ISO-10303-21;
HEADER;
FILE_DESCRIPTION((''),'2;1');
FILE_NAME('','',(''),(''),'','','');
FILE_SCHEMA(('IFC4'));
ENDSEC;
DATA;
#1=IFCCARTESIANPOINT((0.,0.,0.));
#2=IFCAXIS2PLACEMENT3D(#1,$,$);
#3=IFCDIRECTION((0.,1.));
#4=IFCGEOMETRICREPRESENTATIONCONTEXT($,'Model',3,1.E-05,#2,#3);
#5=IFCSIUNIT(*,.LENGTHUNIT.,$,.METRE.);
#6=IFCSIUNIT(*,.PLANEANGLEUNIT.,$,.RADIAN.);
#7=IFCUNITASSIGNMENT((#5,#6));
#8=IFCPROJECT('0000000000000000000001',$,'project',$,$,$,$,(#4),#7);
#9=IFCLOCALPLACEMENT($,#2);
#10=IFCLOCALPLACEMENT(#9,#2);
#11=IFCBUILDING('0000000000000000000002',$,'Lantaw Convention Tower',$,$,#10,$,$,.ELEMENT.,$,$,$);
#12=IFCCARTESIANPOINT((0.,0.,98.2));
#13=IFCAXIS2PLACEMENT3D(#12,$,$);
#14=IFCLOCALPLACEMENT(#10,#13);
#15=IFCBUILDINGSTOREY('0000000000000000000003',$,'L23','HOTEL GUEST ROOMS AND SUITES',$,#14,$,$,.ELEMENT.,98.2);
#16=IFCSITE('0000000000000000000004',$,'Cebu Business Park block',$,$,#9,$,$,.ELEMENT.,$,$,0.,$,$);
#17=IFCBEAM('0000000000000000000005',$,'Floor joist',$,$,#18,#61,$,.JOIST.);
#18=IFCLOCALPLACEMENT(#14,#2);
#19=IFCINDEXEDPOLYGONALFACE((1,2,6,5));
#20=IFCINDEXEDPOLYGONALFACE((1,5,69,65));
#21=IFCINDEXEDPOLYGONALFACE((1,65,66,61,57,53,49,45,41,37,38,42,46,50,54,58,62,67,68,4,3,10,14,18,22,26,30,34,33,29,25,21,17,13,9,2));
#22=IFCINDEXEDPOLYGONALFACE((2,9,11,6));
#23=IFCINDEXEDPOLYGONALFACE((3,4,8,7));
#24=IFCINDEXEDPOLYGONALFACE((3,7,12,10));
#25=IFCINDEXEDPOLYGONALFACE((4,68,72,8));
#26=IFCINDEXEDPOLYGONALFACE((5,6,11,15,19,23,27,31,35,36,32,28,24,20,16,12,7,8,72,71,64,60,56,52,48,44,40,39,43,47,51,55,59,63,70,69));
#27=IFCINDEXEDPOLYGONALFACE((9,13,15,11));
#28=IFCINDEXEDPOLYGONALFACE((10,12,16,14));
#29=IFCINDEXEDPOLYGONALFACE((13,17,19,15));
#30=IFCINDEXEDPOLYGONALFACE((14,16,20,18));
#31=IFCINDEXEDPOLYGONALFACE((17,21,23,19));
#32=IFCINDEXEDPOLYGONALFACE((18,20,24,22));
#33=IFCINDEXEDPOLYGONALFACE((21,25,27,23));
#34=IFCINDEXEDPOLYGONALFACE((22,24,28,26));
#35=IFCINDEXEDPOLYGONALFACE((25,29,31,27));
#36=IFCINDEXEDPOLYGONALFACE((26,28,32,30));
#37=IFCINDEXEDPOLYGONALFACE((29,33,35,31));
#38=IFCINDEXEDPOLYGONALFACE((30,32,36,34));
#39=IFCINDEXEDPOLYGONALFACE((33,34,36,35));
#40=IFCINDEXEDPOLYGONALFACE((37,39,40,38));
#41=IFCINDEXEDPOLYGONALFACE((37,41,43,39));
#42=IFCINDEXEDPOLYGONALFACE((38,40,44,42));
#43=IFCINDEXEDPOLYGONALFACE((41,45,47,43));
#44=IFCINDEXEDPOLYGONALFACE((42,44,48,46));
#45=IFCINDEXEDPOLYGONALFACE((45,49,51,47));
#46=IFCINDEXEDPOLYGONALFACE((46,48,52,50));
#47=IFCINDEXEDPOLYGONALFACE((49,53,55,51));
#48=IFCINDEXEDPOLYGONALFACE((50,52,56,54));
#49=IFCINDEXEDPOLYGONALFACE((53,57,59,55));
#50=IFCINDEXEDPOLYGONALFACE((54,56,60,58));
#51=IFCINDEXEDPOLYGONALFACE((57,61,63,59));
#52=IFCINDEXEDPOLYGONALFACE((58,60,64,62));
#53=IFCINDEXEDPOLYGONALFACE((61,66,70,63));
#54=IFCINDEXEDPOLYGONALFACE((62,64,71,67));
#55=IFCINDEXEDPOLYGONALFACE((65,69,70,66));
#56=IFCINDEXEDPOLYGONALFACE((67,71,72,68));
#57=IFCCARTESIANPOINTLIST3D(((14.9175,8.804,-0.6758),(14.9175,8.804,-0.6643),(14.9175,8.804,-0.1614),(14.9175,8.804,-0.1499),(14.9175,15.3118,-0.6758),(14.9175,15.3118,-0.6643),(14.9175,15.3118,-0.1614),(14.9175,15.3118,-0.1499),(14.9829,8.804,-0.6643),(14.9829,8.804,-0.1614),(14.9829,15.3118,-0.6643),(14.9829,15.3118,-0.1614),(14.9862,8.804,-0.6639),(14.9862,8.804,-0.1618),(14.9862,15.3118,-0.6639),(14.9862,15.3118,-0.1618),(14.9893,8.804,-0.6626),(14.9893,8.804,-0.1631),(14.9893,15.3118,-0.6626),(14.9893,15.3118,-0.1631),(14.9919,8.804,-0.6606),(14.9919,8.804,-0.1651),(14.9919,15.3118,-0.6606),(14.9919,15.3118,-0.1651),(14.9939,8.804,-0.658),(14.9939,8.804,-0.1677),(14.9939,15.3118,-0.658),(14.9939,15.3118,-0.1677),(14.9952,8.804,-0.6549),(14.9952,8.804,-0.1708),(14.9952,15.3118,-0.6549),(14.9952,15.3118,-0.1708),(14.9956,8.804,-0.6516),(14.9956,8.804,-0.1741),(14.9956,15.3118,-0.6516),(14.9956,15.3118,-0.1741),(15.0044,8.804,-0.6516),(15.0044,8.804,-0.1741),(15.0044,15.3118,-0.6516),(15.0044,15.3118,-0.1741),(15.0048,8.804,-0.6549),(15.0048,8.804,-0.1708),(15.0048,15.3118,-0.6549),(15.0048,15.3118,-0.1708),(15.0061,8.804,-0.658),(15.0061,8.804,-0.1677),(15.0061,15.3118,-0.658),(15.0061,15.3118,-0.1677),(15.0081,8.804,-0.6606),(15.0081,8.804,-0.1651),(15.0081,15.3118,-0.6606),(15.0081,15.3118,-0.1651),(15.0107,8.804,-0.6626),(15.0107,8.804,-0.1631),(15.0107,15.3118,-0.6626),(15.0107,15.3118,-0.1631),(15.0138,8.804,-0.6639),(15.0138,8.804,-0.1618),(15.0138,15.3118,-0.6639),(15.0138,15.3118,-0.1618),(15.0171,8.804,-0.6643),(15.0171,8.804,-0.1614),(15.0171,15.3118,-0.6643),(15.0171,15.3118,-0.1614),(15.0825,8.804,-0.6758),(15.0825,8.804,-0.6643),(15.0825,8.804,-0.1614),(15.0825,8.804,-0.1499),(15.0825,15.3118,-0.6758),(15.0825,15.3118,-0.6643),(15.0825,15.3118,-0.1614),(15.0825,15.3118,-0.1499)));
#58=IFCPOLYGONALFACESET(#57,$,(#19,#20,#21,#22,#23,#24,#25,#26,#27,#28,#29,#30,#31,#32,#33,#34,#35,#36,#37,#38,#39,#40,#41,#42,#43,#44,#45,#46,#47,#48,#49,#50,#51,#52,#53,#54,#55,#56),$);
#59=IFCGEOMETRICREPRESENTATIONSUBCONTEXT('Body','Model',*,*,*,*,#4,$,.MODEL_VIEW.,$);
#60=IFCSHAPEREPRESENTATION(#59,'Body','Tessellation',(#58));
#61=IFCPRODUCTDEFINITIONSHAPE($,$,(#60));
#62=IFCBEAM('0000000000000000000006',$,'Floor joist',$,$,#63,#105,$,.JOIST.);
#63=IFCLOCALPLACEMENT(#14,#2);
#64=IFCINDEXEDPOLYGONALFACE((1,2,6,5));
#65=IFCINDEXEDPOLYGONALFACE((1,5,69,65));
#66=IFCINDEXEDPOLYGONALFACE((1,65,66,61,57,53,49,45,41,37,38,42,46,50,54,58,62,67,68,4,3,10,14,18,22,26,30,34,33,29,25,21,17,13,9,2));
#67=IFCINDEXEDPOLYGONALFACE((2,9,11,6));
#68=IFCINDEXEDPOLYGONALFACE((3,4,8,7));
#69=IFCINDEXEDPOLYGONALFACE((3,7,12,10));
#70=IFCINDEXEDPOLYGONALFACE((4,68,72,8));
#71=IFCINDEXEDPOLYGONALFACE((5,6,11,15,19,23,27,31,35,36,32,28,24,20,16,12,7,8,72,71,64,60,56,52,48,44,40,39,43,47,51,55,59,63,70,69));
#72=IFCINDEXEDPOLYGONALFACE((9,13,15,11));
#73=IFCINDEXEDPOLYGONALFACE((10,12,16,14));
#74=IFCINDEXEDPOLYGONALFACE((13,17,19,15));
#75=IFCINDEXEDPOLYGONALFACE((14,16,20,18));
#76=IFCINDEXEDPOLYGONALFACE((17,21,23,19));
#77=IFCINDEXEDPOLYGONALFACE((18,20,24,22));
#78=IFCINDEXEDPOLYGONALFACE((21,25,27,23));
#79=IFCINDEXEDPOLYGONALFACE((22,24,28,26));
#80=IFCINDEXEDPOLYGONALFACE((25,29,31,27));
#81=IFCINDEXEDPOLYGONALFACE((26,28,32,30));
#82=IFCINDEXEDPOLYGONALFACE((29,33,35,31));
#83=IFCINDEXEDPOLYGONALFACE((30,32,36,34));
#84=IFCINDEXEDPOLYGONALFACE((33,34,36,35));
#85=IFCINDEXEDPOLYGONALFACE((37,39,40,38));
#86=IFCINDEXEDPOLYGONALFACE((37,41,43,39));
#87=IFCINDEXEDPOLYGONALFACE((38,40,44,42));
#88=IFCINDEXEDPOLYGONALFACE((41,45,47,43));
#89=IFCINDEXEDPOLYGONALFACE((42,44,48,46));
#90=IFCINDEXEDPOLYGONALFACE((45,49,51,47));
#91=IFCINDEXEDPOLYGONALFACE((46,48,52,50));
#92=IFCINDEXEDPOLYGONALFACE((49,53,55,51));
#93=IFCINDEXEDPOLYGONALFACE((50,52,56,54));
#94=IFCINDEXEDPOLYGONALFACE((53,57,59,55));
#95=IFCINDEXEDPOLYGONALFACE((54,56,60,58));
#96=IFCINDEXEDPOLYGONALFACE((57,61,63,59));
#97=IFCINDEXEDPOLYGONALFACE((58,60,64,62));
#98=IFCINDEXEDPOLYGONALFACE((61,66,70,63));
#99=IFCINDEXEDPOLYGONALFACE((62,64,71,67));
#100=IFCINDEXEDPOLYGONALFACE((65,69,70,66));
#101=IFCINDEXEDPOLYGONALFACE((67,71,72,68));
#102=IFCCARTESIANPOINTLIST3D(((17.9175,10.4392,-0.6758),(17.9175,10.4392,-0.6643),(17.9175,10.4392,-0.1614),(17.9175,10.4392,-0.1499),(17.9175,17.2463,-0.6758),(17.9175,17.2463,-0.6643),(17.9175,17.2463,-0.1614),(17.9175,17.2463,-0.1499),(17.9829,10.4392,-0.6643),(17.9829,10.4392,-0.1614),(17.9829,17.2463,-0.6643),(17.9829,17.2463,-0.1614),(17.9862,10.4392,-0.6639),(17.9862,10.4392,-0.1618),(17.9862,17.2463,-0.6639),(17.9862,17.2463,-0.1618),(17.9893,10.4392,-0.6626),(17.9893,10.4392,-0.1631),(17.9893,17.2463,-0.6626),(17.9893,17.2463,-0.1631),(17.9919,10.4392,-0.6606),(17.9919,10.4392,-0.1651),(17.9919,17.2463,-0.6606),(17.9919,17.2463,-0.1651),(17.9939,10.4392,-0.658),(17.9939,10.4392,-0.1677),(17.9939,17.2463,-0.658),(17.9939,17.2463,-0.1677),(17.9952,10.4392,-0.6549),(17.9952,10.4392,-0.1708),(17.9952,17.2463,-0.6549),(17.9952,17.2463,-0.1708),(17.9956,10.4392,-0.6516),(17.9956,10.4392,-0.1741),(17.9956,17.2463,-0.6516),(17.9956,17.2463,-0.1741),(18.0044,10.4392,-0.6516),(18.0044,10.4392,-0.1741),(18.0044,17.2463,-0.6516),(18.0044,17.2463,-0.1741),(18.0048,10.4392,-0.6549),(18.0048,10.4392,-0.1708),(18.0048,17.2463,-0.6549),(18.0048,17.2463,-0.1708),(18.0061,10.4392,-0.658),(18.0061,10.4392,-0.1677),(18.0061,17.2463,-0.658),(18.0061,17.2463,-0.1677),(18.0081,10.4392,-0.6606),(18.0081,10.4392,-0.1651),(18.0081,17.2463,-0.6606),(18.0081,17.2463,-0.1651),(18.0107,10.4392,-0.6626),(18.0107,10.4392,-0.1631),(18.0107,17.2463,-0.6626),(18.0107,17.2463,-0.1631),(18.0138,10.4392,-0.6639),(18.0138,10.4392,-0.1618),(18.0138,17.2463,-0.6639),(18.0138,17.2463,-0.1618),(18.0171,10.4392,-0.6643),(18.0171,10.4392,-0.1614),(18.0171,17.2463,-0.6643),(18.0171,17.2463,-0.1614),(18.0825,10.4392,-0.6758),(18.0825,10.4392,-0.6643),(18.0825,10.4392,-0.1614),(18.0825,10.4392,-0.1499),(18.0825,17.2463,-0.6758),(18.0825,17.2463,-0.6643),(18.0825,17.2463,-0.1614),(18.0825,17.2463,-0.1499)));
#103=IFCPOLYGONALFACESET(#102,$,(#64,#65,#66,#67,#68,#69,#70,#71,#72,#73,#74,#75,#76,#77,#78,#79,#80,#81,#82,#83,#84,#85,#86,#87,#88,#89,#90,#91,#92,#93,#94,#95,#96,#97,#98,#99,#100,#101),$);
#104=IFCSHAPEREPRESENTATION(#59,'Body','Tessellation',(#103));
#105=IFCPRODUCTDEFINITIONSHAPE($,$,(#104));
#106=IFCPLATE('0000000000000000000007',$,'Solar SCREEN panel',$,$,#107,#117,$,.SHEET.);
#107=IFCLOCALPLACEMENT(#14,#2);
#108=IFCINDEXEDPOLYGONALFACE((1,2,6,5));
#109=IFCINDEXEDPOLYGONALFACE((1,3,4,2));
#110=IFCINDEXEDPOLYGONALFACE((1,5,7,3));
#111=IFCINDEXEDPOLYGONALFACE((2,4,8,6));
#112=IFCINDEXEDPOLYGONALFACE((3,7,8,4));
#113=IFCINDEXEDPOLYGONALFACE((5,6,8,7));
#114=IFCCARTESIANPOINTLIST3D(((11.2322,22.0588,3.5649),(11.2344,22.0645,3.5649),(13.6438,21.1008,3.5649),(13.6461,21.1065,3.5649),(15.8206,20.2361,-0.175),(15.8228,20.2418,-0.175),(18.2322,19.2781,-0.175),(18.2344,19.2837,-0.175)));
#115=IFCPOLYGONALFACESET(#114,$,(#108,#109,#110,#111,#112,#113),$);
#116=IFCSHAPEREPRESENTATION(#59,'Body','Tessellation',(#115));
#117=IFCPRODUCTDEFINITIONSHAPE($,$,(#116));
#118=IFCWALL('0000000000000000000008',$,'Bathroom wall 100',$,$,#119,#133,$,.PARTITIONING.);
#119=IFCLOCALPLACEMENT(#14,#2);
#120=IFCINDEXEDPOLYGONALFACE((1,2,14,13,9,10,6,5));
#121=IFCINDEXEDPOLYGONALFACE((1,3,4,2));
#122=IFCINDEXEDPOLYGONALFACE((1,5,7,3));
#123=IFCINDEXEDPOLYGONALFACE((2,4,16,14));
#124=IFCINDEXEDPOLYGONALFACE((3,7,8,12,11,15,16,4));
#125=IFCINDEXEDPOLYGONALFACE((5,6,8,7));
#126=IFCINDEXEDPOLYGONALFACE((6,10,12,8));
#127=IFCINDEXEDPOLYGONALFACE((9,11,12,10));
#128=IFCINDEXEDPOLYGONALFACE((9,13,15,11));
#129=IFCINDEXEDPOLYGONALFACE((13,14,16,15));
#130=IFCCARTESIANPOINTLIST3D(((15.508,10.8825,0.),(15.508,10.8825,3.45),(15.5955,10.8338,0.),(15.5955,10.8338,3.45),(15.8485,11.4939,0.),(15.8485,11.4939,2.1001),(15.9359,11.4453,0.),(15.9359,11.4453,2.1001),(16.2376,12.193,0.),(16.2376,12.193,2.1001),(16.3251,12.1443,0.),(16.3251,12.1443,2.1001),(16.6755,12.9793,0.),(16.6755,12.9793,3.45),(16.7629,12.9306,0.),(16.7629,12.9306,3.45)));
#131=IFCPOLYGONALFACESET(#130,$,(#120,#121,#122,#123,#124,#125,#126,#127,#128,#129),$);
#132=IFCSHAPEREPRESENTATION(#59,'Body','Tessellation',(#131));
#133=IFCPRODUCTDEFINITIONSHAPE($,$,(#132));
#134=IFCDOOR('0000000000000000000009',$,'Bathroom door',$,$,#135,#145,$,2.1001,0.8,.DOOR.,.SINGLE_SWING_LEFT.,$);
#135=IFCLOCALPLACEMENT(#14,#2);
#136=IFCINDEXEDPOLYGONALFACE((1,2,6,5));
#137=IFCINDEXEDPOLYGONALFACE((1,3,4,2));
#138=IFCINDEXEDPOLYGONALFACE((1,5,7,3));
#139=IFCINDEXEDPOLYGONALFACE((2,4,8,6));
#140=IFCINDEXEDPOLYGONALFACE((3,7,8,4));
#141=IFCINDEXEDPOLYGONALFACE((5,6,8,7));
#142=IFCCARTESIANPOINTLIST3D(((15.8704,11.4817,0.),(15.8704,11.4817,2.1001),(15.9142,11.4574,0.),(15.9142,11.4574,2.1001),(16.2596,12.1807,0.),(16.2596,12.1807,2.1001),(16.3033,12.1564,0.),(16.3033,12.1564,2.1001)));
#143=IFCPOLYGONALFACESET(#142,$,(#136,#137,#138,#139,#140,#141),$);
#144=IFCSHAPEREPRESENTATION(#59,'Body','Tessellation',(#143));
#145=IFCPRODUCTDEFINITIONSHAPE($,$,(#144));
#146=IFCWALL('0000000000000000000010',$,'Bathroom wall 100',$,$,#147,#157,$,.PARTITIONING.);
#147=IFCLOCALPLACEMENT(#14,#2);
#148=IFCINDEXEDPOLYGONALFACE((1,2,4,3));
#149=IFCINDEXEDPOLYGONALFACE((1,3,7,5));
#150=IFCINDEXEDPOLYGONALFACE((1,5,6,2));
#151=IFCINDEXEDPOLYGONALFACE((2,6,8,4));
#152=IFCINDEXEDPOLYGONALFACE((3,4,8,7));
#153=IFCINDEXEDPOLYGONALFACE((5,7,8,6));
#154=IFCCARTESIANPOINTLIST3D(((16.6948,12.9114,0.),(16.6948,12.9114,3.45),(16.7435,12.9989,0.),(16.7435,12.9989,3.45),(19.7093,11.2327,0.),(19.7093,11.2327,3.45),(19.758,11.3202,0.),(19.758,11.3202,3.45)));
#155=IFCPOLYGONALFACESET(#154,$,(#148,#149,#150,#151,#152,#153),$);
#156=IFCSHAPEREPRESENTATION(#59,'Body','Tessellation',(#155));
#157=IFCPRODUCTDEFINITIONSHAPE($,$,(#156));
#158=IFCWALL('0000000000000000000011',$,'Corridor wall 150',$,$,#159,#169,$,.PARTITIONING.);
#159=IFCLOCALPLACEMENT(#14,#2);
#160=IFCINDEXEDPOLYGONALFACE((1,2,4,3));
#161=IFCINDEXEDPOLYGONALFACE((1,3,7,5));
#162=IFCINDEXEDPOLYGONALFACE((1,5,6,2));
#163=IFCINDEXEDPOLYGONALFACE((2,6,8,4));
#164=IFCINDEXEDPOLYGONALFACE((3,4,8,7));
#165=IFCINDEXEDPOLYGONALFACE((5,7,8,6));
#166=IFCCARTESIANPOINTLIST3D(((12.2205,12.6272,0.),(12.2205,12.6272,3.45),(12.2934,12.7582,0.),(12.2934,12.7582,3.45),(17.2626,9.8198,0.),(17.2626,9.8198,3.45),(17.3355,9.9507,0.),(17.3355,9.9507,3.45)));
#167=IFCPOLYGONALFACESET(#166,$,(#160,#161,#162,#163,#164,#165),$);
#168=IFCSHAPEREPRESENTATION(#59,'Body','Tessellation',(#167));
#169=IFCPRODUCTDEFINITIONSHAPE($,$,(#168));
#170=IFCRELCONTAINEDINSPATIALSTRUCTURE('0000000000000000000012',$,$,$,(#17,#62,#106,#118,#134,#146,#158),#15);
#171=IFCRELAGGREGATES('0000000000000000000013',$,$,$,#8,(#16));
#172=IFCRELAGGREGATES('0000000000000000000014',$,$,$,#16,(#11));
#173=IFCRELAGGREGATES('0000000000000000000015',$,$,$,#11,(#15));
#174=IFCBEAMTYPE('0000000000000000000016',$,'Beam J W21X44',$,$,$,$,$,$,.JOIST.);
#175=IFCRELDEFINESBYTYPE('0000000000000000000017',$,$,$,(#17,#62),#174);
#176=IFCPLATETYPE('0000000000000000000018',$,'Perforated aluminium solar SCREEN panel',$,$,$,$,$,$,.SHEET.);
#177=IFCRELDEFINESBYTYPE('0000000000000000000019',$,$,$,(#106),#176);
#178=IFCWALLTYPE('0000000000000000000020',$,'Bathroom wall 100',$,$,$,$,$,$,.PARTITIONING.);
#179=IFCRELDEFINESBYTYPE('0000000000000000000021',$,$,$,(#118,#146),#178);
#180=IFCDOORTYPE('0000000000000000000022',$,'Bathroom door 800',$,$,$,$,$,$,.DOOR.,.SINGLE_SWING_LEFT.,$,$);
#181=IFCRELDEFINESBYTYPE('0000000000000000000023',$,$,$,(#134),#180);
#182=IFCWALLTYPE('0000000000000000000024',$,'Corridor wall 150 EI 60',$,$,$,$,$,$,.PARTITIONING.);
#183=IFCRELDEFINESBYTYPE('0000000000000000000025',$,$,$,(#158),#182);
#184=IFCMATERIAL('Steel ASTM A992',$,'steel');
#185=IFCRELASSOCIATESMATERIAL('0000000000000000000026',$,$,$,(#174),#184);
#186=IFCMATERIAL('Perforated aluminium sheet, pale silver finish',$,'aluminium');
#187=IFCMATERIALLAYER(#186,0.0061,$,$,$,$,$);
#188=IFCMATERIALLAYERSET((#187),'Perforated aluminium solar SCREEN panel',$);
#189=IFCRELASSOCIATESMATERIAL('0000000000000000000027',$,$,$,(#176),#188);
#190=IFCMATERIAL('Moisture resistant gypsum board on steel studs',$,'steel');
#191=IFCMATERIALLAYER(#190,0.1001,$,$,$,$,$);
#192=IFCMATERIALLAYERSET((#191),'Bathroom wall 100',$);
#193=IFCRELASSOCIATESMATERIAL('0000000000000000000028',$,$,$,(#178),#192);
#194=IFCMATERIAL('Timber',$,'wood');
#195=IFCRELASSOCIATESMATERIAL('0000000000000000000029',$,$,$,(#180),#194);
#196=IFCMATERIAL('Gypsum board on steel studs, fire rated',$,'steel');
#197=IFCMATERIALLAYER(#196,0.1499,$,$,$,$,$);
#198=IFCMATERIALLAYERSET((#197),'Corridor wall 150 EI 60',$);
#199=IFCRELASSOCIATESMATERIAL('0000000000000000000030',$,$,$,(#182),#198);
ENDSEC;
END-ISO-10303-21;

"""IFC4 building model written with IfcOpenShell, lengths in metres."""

from ifc_helpers import new_model, si_unit, direction, frame, frame_2d, origin, origin_2d, place, context, subcontext, project, spatial, polyline, rectangle, i_section, outline, extrude, material, layer, layer_set, material_profile, profile_set, type_object, element, fill, save


model = new_model("IFC4")

# Units and contexts
model_context = context("Model", 3, precision=1e-05, world=origin(), true_north=direction((0.0, 1.0)))
body_context = subcontext(model_context, "Body", "Model", "MODEL_VIEW")
ifc_project = project(units=[si_unit("LENGTHUNIT", "METRE"), si_unit("PLANEANGLEUNIT", "RADIAN")], contexts=[model_context])

# Site, building, storey
site_placement = place(None, origin())
site = spatial("IfcSite", under=ifc_project, at=site_placement, Name="Cebu Business Park block", CompositionType="ELEMENT", RefElevation=0.0)
building_placement = place(site_placement, origin())
building = spatial("IfcBuilding", under=site, at=building_placement, Name="Lantaw Convention Tower", CompositionType="ELEMENT")
storey_placement = place(building_placement, frame((0.0, 0.0, 98.2)))
storey = spatial("IfcBuildingStorey", under=building, at=storey_placement, Name="L23", Description="HOTEL GUEST ROOMS AND SUITES", CompositionType="ELEMENT", Elevation=98.2)

# Beams
ifc_material_1 = material(Name="Steel ASTM A992", Category="steel")
ifc_material_profile_1 = material_profile(ifc_material_1, i_section(OverallWidth=0.165, OverallDepth=0.5259, WebThickness=0.0088, FlangeThickness=0.0115, FilletRadius=0.0127, at=origin_2d()), Name="W21X44")
ifc_profile_set_1 = profile_set([ifc_material_profile_1], Name="Steel ASTM A992")
beam_type_1 = type_object("IfcBeamType", Name="Beam J W21X44", PredefinedType="JOIST", material=ifc_profile_set_1)
beam_1_placement = place(storey_placement, frame((15.0, 8.804, -0.4128), z_axis=(0.0, 1.0, 0.0), x_axis=(-1.0, 0.0, 0.0)))
element("IfcBeam", 1, at=beam_1_placement, inside=storey, type_object=beam_type_1, Name="Floor joist", PredefinedType="JOIST", context=body_context, shape_type="SweptSolid", body=[
    extrude(i_section(OverallWidth=0.165, OverallDepth=0.5259, WebThickness=0.0088, FlangeThickness=0.0115, FilletRadius=0.0127, at=origin_2d()), origin(), (0.0, 0.0, 1.0), 6.5078),
])
beam_2_placement = place(storey_placement, frame((18.0, 10.4392, -0.4128), z_axis=(0.0, 1.0, 0.0), x_axis=(-1.0, 0.0, 0.0)))
element("IfcBeam", 2, at=beam_2_placement, inside=storey, type_object=beam_type_1, Name="Floor joist", PredefinedType="JOIST", context=body_context, shape_type="SweptSolid", body=[
    extrude(i_section(OverallWidth=0.165, OverallDepth=0.5259, WebThickness=0.0088, FlangeThickness=0.0115, FilletRadius=0.0127, at=origin_2d()), origin(), (0.0, 0.0, 1.0), 6.8071),
])

# Plate
ifc_material_2 = material(Name="Perforated aluminium sheet, pale silver finish", Category="aluminium")
ifc_layer_1 = layer(ifc_material_2, 0.0061)
ifc_layer_set_1 = layer_set([ifc_layer_1], Name="Perforated aluminium solar SCREEN panel")
plate_type = type_object("IfcPlateType", Name="Perforated aluminium solar SCREEN panel", PredefinedType="SHEET", material=ifc_layer_set_1)
plate_placement = place(storey_placement, frame((18.2322, 19.2781, -0.175), z_axis=(-0.369184, -0.929357, 0.000009), x_axis=(-0.929357, 0.369184, 0.0)))
element("IfcPlate", 3, at=plate_placement, inside=storey, type_object=plate_type, Name="Solar SCREEN panel", PredefinedType="SHEET", context=body_context, shape_type="SweptSolid", body=[
    extrude(outline(polyline([(0.0, 0.0), (2.5949, 0.0), (7.5321, -3.74), (4.9372, -3.74), (0.0, 0.0)])), origin(), (0.0, 0.0, -1.0), 0.0061),
])

# Wall, opening, door
ifc_material_3 = material(Name="Moisture resistant gypsum board on steel studs", Category="steel")
ifc_layer_2 = layer(ifc_material_3, 0.1001)
ifc_layer_set_2 = layer_set([ifc_layer_2], Name="Bathroom wall 100")
wall_type_1 = type_object("IfcWallType", Name="Bathroom wall 100", PredefinedType="PARTITIONING", material=ifc_layer_set_2)
wall_1_placement = place(storey_placement, frame((15.5518, 10.8582, 0.0), z_axis=(0.0, 0.0, 1.0), x_axis=(0.486446, 0.873711, 0.0)))
wall_1 = element("IfcWall", 4, at=wall_1_placement, inside=storey, type_object=wall_type_1, Name="Bathroom wall 100", PredefinedType="PARTITIONING", context=body_context, shape_type="SweptSolid", body=[
    extrude(rectangle(XDim=2.3999, YDim=0.1001, at=frame_2d((1.2, 0.0))), origin(), (0.0, 0.0, 1.0), 3.45),
])
opening_1_placement = place(wall_1_placement, frame((0.7, 0.0, 0.0)))
opening_1 = element("IfcOpeningElement", 5, at=opening_1_placement, cuts=wall_1, PredefinedType="OPENING", context=body_context, shape_type="SweptSolid", body=[
    extrude(rectangle(XDim=0.8, YDim=2.1001, at=frame_2d((0.3999, 1.05))), frame((0.0, 0.0601, 0.0), z_axis=(0.0, -1.0, 0.0), x_axis=(1.0, 0.0, 0.0)), (0.0, 0.0, 1.0), 0.1201),
])
ifc_material_4 = material(Name="Timber", Category="wood")
door_type_1 = type_object("IfcDoorType", Name="Bathroom door 800", OperationType="SINGLE_SWING_LEFT", PredefinedType="DOOR", material=ifc_material_4)
door_1_placement = place(opening_1_placement, origin())
door_1 = element("IfcDoor", 6, at=door_1_placement, inside=storey, type_object=door_type_1, Name="Bathroom door", OperationType="SINGLE_SWING_LEFT", OverallHeight=2.1001, OverallWidth=0.8, PredefinedType="DOOR", context=body_context, shape_type="SweptSolid", body=[
    extrude(rectangle(XDim=0.8, YDim=2.1001, at=frame_2d((0.3999, 1.05))), frame((0.0, 0.0249, 0.0), z_axis=(0.0, -1.0, 0.0), x_axis=(1.0, 0.0, 0.0)), (0.0, 0.0, 1.0), 0.05),
])
fill(opening_1, door_1)

# Walls
wall_2_placement = place(storey_placement, frame((16.7192, 12.9551, 0.0), z_axis=(0.0, 0.0, 1.0), x_axis=(0.873676, -0.486508, 0.0)))
element("IfcWall", 7, at=wall_2_placement, inside=storey, type_object=wall_type_1, Name="Bathroom wall 100", PredefinedType="PARTITIONING", context=body_context, shape_type="SweptSolid", body=[
    extrude(rectangle(XDim=3.4504, YDim=0.1001, at=frame_2d((1.7251, 0.0))), origin(), (0.0, 0.0, 1.0), 3.45),
])
ifc_material_5 = material(Name="Gypsum board on steel studs, fire rated", Category="steel")
ifc_layer_3 = layer(ifc_material_5, 0.1499)
ifc_layer_set_3 = layer_set([ifc_layer_3], Name="Corridor wall 150 EI 60")
wall_type_2 = type_object("IfcWallType", Name="Corridor wall 150 EI 60", PredefinedType="PARTITIONING", material=ifc_layer_set_3)
wall_3_placement = place(storey_placement, frame((17.2991, 9.8853, 0.0), z_axis=(0.0, 0.0, 1.0), x_axis=(-0.873696, 0.486472, 0.0)))
element("IfcWall", 8, at=wall_3_placement, inside=storey, type_object=wall_type_2, Name="Corridor wall 150", PredefinedType="PARTITIONING", context=body_context, shape_type="SweptSolid", body=[
    extrude(rectangle(XDim=5.771, YDim=0.1499, at=frame_2d((2.8855, 0.0))), origin(), (0.0, 0.0, 1.0), 3.45),
])

save(model, "model.ifc")
